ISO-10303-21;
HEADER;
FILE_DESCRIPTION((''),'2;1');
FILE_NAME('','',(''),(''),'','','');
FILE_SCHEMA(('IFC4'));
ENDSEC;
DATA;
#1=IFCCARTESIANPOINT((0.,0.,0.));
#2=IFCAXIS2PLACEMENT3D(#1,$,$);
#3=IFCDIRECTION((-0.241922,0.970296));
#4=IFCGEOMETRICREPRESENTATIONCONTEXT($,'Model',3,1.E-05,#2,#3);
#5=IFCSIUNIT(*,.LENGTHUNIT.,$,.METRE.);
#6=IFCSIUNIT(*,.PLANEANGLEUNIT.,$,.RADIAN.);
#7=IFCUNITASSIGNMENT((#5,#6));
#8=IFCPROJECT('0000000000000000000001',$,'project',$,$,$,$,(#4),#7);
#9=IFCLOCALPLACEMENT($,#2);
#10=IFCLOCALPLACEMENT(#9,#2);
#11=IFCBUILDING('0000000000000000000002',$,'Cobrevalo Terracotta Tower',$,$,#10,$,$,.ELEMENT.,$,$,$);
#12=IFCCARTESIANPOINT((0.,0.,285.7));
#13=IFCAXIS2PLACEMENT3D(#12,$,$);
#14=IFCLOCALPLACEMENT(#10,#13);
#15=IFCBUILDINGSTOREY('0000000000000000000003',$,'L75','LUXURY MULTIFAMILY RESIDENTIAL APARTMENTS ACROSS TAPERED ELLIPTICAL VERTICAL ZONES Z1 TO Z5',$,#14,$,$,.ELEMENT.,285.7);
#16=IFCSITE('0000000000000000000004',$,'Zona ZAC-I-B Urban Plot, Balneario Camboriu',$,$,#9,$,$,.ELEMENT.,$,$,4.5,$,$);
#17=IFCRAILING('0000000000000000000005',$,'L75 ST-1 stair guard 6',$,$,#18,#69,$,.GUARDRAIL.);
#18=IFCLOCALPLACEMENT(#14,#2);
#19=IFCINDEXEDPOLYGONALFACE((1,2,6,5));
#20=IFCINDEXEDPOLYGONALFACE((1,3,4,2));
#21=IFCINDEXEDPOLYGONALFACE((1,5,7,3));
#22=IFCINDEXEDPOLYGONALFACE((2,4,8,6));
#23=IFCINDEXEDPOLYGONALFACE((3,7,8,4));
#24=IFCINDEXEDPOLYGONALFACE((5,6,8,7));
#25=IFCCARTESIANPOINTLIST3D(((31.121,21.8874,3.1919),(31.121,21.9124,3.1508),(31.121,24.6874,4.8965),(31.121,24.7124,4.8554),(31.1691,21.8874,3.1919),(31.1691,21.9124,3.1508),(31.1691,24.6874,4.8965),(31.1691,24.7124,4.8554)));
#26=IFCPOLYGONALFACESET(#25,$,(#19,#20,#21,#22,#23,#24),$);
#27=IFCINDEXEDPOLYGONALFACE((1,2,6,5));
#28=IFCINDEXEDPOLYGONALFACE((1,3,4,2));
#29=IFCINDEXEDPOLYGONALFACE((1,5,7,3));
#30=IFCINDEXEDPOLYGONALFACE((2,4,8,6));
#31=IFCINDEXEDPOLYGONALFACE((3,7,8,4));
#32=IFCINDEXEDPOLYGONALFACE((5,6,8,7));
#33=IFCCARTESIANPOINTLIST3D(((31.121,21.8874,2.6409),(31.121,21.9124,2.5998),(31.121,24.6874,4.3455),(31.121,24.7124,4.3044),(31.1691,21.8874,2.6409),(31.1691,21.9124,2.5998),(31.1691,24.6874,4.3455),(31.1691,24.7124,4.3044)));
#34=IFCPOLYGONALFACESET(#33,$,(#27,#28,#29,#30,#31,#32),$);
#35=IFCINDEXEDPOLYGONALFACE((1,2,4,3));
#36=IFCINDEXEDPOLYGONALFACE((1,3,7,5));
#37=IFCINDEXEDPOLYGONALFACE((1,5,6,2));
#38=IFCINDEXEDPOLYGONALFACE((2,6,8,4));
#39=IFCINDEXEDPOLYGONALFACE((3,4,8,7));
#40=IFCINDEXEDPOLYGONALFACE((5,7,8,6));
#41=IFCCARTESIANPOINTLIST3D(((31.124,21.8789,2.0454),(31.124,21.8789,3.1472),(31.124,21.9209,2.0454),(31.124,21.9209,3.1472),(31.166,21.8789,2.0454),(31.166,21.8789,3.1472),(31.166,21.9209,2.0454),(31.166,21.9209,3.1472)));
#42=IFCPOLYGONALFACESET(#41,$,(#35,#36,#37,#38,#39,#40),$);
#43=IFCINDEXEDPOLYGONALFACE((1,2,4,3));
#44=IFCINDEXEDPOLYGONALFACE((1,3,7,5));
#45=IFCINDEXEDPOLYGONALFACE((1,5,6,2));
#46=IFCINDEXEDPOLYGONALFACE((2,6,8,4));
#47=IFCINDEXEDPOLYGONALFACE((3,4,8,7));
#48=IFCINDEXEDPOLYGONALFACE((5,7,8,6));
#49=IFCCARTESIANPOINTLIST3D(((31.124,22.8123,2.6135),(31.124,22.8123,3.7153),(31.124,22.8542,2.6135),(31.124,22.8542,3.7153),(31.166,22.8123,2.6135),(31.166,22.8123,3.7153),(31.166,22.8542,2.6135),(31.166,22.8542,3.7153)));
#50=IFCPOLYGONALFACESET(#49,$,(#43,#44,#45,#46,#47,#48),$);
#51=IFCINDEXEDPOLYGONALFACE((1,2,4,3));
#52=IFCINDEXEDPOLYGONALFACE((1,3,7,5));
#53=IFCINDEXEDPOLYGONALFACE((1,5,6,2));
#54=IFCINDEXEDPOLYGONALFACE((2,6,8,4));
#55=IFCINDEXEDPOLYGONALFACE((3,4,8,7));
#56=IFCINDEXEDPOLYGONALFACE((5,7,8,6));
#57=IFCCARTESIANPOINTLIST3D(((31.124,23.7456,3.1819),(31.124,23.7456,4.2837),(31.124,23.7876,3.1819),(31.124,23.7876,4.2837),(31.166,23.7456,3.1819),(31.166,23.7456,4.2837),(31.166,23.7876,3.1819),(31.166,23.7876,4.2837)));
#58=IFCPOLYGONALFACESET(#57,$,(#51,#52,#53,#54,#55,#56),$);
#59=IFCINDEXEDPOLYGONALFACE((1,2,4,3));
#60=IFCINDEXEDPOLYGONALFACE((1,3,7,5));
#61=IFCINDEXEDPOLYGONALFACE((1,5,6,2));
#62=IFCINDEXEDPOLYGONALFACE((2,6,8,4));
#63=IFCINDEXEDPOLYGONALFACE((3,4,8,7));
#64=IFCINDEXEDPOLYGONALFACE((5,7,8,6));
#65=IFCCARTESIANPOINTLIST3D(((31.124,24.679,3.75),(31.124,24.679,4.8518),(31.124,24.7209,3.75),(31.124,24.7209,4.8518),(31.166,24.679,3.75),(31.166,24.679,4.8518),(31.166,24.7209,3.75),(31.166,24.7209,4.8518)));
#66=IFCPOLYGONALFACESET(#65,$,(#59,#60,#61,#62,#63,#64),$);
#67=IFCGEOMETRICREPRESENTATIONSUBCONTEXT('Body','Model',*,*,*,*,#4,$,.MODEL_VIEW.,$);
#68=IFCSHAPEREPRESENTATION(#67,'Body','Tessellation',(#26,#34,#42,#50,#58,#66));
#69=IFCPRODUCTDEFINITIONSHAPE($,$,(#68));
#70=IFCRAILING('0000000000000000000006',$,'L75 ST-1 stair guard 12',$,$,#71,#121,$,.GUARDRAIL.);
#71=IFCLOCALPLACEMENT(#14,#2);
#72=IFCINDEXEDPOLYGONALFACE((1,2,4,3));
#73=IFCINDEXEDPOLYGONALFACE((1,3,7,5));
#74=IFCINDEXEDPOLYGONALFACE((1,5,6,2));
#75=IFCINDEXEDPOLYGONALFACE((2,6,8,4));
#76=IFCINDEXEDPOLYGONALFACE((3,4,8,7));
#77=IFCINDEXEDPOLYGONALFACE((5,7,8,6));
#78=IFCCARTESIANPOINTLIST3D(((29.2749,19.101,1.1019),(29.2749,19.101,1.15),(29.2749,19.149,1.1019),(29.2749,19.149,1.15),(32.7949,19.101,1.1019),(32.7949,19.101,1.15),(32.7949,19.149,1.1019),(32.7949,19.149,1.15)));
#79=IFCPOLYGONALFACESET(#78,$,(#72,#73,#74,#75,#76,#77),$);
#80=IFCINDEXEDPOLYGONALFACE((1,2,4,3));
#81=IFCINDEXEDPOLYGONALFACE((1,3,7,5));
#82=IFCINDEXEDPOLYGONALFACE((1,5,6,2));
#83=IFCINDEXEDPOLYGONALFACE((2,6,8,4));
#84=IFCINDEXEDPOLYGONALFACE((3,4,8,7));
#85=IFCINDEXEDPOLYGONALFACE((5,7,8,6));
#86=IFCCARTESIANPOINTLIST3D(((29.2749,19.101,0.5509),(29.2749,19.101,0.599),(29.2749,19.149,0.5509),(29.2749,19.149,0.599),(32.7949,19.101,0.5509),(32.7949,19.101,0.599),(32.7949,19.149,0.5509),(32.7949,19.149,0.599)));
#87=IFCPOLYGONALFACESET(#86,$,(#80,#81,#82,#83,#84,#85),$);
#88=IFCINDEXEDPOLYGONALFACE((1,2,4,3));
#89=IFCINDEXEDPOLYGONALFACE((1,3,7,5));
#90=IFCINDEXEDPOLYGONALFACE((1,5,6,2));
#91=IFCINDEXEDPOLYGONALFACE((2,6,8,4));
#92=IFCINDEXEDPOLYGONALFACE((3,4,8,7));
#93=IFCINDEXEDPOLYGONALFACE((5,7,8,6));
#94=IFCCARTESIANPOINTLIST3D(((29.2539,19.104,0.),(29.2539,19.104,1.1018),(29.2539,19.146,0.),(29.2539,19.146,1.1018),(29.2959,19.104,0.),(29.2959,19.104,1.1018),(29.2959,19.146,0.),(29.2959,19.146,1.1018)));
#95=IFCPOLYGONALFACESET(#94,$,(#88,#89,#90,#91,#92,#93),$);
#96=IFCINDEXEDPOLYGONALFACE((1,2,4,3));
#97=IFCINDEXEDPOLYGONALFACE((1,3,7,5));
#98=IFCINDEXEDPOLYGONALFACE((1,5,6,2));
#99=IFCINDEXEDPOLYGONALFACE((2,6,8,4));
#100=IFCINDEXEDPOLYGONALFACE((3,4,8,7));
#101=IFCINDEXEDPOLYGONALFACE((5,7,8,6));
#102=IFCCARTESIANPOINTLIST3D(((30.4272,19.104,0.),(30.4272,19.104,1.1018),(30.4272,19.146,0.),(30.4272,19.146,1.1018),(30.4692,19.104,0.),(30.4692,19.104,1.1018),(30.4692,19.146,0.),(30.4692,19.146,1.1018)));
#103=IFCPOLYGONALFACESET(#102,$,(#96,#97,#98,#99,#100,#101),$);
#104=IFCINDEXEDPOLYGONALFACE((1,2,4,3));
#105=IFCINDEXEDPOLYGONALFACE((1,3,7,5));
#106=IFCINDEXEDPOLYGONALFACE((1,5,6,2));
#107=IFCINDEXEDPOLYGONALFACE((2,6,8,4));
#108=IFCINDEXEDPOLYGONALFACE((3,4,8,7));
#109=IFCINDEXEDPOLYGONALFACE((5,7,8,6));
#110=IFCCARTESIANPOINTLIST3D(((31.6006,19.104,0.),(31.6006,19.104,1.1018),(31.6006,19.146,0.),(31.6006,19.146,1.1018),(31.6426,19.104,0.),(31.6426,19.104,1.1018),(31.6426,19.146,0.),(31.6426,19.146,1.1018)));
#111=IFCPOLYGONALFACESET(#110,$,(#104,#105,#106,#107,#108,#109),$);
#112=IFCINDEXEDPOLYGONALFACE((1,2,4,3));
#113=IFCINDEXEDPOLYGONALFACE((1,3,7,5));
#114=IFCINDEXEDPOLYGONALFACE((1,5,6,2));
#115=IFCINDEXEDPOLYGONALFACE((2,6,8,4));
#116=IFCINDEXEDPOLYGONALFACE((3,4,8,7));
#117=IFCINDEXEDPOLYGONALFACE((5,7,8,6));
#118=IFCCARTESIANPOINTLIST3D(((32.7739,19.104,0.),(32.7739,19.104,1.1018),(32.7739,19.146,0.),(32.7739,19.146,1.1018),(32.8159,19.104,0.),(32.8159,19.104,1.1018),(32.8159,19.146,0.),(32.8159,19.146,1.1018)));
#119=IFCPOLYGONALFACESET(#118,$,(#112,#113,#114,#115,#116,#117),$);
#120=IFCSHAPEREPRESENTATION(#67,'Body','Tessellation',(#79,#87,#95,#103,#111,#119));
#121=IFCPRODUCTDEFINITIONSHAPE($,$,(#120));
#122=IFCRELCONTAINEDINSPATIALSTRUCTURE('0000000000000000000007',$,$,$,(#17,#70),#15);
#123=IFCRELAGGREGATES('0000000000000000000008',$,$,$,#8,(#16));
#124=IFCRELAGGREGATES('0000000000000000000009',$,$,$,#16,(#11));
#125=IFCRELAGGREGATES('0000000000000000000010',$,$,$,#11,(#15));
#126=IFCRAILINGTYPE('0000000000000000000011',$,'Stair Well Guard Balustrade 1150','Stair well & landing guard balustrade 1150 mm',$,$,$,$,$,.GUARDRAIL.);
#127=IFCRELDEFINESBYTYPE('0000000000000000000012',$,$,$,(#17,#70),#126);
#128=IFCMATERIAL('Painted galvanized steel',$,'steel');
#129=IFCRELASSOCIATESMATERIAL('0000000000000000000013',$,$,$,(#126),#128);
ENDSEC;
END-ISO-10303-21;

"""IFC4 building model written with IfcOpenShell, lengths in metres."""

from ifc_helpers import new_model, si_unit, direction, frame, origin, origin_2d, place, context, subcontext, project, spatial, rectangle, extrude, material, type_object, element, save


model = new_model("IFC4")

# Units and contexts
model_context = context("Model", 3, precision=1e-05, world=origin(), true_north=direction((-0.241922, 0.970296)))
body_context = subcontext(model_context, "Body", "Model", "MODEL_VIEW")
ifc_project = project(units=[si_unit("LENGTHUNIT", "METRE"), si_unit("PLANEANGLEUNIT", "RADIAN")], contexts=[model_context])

# Site, building, storey
site_placement = place(None, origin())
site = spatial("IfcSite", under=ifc_project, at=site_placement, Name="Zona ZAC-I-B Urban Plot, Balneario Camboriu", CompositionType="ELEMENT", RefElevation=4.5)
building_placement = place(site_placement, origin())
building = spatial("IfcBuilding", under=site, at=building_placement, Name="Cobrevalo Terracotta Tower", CompositionType="ELEMENT")
storey_placement = place(building_placement, frame((0.0, 0.0, 285.7)))
storey = spatial("IfcBuildingStorey", under=building, at=storey_placement, Name="L75", Description="LUXURY MULTIFAMILY RESIDENTIAL APARTMENTS ACROSS TAPERED ELLIPTICAL VERTICAL ZONES Z1 TO Z5", CompositionType="ELEMENT", Elevation=285.7)

# Railings
ifc_material_1 = material(Name="Painted galvanized steel", Category="steel")
railing_type_1 = type_object("IfcRailingType", Name="Stair Well Guard Balustrade 1150", Description="Stair well & landing guard balustrade 1150 mm", PredefinedType="GUARDRAIL", material=ifc_material_1)
railing_1_placement = place(storey_placement, frame((31.145, 21.8999, 2.0454)))
element("IfcRailing", 1, at=railing_1_placement, inside=storey, type_object=railing_type_1, Name="L75 ST-1 stair guard 6", PredefinedType="GUARDRAIL", context=body_context, shape_type="SweptSolid", body=[
    extrude(rectangle(XDim=0.0481, YDim=0.0481, at=origin_2d()), frame((0.0, 0.0, 1.126), z_axis=(0.0, 0.85417, 0.519994), x_axis=(-1.0, 0.0, 0.0)), (0.0, 0.0, 1.0), 3.2781),
    extrude(rectangle(XDim=0.0481, YDim=0.0481, at=origin_2d()), frame((0.0, 0.0, 0.575), z_axis=(0.0, 0.85417, 0.519994), x_axis=(-1.0, 0.0, 0.0)), (0.0, 0.0, 1.0), 3.2781),
    extrude(rectangle(XDim=0.042, YDim=0.042, at=origin_2d()), origin(), (0.0, 0.0, 1.0), 1.1018),
    extrude(rectangle(XDim=0.042, YDim=0.042, at=origin_2d()), frame((0.0, 0.9333, 0.5681)), (0.0, 0.0, 1.0), 1.1018),
    extrude(rectangle(XDim=0.042, YDim=0.042, at=origin_2d()), frame((0.0, 1.8667, 1.1365)), (0.0, 0.0, 1.0), 1.1018),
    extrude(rectangle(XDim=0.042, YDim=0.042, at=origin_2d()), frame((0.0, 2.8, 1.7046)), (0.0, 0.0, 1.0), 1.1018),
])
railing_2_placement = place(storey_placement, frame((29.2749, 19.125, 0.0)))
element("IfcRailing", 2, at=railing_2_placement, inside=storey, type_object=railing_type_1, Name="L75 ST-1 stair guard 12", PredefinedType="GUARDRAIL", context=body_context, shape_type="SweptSolid", body=[
    extrude(rectangle(XDim=0.0481, YDim=0.0481, at=origin_2d()), frame((0.0, 0.0, 1.126), z_axis=(1.0, 0.0, 0.0), x_axis=(0.0, 1.0, 0.0)), (0.0, 0.0, 1.0), 3.52),
    extrude(rectangle(XDim=0.0481, YDim=0.0481, at=origin_2d()), frame((0.0, 0.0, 0.575), z_axis=(1.0, 0.0, 0.0), x_axis=(0.0, 1.0, 0.0)), (0.0, 0.0, 1.0), 3.52),
    extrude(rectangle(XDim=0.042, YDim=0.042, at=origin_2d()), origin(), (0.0, 0.0, 1.0), 1.1018),
    extrude(rectangle(XDim=0.042, YDim=0.042, at=origin_2d()), frame((1.1733, 0.0, 0.0)), (0.0, 0.0, 1.0), 1.1018),
    extrude(rectangle(XDim=0.042, YDim=0.042, at=origin_2d()), frame((2.3467, 0.0, 0.0)), (0.0, 0.0, 1.0), 1.1018),
    extrude(rectangle(XDim=0.042, YDim=0.042, at=origin_2d()), frame((3.52, 0.0, 0.0)), (0.0, 0.0, 1.0), 1.1018),
])

save(model, "model.ifc")
